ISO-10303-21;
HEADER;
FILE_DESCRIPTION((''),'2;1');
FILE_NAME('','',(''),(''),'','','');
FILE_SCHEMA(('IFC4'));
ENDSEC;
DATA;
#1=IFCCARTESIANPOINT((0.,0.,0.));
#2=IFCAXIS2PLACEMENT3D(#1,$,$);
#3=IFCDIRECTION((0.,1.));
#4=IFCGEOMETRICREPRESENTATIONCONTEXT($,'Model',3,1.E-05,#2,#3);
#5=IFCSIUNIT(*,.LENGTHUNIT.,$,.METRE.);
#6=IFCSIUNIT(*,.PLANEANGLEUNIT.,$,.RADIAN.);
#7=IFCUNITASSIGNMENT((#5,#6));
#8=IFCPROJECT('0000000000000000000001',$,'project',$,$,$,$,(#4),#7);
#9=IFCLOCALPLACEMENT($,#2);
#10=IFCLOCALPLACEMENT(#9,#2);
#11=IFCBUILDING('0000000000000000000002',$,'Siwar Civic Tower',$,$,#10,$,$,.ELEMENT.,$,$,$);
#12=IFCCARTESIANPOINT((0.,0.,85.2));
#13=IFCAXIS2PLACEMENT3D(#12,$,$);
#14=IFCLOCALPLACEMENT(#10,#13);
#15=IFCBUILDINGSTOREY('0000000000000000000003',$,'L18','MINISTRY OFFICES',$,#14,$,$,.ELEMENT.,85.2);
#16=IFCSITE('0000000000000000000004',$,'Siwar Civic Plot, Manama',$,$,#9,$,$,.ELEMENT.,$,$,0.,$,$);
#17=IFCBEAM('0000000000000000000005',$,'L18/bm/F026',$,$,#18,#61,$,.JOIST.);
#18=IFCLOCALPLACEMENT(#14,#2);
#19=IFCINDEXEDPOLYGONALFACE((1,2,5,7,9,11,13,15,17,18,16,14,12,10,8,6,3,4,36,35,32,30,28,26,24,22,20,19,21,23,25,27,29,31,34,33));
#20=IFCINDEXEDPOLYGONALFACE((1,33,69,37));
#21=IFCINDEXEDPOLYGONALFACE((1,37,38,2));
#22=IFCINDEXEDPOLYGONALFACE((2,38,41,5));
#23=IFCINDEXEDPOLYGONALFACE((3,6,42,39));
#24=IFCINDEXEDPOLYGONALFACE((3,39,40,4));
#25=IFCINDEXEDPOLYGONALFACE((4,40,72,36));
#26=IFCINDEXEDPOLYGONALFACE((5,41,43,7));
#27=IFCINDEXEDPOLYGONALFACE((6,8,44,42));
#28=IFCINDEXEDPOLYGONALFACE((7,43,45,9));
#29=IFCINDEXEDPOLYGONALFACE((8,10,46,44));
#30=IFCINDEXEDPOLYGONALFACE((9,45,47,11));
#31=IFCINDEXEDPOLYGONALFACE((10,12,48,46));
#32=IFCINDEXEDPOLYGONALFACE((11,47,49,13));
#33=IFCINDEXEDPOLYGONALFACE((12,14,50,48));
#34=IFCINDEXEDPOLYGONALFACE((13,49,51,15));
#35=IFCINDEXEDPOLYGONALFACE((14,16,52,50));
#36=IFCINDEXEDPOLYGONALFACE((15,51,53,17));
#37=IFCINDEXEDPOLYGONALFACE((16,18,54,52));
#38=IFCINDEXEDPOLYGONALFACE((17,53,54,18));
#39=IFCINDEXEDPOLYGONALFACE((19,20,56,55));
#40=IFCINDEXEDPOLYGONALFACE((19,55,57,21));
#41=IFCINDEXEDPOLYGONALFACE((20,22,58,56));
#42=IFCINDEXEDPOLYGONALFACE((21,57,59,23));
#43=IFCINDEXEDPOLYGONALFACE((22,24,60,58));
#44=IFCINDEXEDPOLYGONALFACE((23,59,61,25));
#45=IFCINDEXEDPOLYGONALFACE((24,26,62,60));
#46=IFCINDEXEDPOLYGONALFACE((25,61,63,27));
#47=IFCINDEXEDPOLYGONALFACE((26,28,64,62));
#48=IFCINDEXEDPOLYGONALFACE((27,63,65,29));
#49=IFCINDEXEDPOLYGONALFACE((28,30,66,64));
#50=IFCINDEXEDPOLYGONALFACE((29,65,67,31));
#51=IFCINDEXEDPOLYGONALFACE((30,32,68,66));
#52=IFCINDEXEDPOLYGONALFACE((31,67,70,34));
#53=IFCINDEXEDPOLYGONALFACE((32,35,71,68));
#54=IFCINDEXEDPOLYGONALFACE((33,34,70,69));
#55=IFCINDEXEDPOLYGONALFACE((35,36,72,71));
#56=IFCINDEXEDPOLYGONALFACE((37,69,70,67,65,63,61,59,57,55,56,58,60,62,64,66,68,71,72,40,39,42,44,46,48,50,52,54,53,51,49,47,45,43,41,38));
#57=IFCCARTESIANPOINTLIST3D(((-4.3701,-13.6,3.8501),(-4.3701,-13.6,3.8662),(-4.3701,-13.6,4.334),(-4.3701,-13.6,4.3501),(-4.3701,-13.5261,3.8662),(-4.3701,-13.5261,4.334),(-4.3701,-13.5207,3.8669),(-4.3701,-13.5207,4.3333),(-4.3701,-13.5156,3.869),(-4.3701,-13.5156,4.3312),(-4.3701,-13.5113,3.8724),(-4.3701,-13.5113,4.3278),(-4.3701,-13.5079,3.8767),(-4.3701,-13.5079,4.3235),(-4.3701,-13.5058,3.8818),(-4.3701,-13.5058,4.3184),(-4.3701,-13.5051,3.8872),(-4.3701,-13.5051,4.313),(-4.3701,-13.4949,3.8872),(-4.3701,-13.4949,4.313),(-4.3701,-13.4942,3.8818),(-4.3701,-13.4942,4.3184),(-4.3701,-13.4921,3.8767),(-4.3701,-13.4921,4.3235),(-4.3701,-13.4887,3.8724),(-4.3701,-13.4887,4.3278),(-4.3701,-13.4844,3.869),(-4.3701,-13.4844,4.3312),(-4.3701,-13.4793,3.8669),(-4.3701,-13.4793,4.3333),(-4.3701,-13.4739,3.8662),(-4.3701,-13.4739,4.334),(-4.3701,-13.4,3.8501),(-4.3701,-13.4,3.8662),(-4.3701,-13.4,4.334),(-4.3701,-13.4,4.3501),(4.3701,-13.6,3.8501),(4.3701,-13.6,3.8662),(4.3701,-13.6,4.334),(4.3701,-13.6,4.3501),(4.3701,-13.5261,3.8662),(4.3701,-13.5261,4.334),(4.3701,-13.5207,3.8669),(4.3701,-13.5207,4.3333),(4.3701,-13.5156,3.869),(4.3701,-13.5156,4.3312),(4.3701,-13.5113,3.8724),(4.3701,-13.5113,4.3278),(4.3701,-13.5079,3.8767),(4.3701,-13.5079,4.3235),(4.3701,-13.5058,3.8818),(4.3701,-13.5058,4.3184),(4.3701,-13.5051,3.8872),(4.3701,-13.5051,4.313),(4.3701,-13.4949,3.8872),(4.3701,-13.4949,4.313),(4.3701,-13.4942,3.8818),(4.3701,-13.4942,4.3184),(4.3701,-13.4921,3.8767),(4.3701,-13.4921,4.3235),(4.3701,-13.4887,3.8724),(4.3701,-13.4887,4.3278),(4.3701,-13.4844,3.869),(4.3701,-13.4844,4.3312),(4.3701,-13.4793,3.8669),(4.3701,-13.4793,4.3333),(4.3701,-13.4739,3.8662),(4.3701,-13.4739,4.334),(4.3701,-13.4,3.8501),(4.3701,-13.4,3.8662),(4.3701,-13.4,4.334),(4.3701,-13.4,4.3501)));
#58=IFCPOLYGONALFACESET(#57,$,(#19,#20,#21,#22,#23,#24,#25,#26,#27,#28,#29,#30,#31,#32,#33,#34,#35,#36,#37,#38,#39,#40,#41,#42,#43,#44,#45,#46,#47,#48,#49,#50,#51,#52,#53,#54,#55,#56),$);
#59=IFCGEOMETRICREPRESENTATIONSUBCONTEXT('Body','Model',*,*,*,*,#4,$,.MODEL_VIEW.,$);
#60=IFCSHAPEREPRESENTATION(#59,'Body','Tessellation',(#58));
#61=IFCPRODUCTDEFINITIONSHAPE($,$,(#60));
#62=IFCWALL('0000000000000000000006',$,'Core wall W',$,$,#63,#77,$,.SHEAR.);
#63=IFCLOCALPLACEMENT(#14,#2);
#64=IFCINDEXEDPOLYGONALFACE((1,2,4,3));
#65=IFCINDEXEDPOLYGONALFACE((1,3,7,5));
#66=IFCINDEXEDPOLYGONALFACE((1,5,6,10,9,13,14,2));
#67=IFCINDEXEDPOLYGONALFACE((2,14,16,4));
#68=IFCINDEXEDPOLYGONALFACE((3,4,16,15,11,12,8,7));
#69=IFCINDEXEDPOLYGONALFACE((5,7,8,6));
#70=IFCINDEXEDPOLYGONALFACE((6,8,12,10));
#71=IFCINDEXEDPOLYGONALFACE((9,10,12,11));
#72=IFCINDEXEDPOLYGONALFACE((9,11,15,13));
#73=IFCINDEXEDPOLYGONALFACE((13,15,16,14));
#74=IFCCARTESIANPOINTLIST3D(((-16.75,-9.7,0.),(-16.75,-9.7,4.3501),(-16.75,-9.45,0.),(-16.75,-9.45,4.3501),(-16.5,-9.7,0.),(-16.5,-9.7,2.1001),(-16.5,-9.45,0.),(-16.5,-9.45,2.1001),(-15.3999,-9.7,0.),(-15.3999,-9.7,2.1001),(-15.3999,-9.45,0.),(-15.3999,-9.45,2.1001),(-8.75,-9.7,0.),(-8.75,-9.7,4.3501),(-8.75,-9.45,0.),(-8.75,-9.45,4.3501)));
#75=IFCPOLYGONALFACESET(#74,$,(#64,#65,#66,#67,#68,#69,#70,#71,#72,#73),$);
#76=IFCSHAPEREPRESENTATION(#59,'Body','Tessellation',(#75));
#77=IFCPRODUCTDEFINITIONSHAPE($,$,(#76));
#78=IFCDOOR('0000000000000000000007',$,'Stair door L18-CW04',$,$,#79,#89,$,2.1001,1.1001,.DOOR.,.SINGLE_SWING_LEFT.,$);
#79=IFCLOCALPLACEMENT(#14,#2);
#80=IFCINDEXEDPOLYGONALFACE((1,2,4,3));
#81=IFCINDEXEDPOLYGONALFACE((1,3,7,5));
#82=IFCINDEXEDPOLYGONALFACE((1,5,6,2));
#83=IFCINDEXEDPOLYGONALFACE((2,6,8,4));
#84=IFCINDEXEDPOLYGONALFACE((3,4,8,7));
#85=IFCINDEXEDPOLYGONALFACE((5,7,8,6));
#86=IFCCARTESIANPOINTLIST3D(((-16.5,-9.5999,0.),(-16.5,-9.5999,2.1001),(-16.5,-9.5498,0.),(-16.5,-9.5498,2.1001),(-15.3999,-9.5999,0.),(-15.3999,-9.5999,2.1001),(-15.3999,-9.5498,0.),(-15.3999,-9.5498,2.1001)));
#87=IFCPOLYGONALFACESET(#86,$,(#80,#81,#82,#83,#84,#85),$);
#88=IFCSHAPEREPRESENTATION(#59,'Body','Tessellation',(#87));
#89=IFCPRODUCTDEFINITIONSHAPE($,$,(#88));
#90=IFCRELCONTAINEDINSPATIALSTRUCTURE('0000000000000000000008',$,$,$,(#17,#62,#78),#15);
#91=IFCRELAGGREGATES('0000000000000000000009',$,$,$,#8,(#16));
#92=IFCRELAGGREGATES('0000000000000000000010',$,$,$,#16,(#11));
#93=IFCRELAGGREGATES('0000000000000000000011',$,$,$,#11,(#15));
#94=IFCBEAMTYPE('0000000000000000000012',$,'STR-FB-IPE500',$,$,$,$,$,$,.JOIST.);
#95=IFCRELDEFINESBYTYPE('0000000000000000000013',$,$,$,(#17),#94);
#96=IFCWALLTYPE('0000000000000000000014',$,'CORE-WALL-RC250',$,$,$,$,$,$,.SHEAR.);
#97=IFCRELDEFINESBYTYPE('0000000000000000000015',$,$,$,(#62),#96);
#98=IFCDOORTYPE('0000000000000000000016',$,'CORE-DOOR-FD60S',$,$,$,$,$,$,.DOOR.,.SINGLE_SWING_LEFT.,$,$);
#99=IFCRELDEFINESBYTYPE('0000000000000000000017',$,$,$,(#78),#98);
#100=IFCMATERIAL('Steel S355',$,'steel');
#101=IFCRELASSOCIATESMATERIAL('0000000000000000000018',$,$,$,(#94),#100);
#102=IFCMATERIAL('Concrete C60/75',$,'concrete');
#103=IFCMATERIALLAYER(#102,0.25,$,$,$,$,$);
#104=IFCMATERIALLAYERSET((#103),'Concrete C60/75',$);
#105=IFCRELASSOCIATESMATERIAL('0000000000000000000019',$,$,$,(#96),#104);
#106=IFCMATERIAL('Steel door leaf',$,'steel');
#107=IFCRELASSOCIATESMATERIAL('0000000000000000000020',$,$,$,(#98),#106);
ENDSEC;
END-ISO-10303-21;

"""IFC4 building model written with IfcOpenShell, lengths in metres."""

from ifc_helpers import new_model, si_unit, direction, frame, frame_2d, origin, origin_2d, place, context, subcontext, project, spatial, rectangle, i_section, extrude, material, layer, layer_set, material_profile, profile_set, type_object, element, fill, save


model = new_model("IFC4")

# Units and contexts
model_context = context("Model", 3, precision=1e-05, world=origin(), true_north=direction((0.0, 1.0)))
body_context = subcontext(model_context, "Body", "Model", "MODEL_VIEW")
ifc_project = project(units=[si_unit("LENGTHUNIT", "METRE"), si_unit("PLANEANGLEUNIT", "RADIAN")], contexts=[model_context])

# Site, building, storey
site_placement = place(None, origin())
site = spatial("IfcSite", under=ifc_project, at=site_placement, Name="Siwar Civic Plot, Manama", CompositionType="ELEMENT", RefElevation=0.0)
building_placement = place(site_placement, origin())
building = spatial("IfcBuilding", under=site, at=building_placement, Name="Siwar Civic Tower", CompositionType="ELEMENT")
storey_placement = place(building_placement, frame((0.0, 0.0, 85.2)))
storey = spatial("IfcBuildingStorey", under=building, at=storey_placement, Name="L18", Description="MINISTRY OFFICES", CompositionType="ELEMENT", Elevation=85.2)

# Beam
ifc_material_1 = material(Name="Steel S355", Category="steel")
ifc_material_profile = material_profile(ifc_material_1, i_section(OverallWidth=0.2, OverallDepth=0.5, WebThickness=0.0103, FlangeThickness=0.0161, FilletRadius=0.021, at=origin_2d()), Name="IPE500")
ifc_profile_set = profile_set([ifc_material_profile], Name="Steel S355")
beam_type = type_object("IfcBeamType", Name="STR-FB-IPE500", PredefinedType="JOIST", material=ifc_profile_set)
beam_1_placement = place(storey_placement, frame((-4.3701, -13.5, 4.1001), z_axis=(1.0, 0.0, 0.0), x_axis=(0.0, 1.0, 0.0)))
element("IfcBeam", 1, at=beam_1_placement, inside=storey, type_object=beam_type, Name="L18/bm/F026", PredefinedType="JOIST", context=body_context, shape_type="SweptSolid", body=[
    extrude(i_section(OverallWidth=0.2, OverallDepth=0.5, WebThickness=0.0103, FlangeThickness=0.0161, FilletRadius=0.021, at=origin_2d()), origin(), (0.0, 0.0, 1.0), 8.7402),
])

# Wall, opening, door
ifc_material_2 = material(Name="Concrete C60/75", Category="concrete")
ifc_layer_1 = layer(ifc_material_2, 0.25)
ifc_layer_set_1 = layer_set([ifc_layer_1], Name="Concrete C60/75")
wall_type_1 = type_object("IfcWallType", Name="CORE-WALL-RC250", PredefinedType="SHEAR", material=ifc_layer_set_1)
wall_1_placement = place(storey_placement, frame((-8.75, -9.575, 0.0), z_axis=(0.0, 0.0, 1.0), x_axis=(-1.0, 0.0, 0.0)))
wall_1 = element("IfcWall", 2, at=wall_1_placement, inside=storey, type_object=wall_type_1, Name="Core wall W", PredefinedType="SHEAR", context=body_context, shape_type="SweptSolid", body=[
    extrude(rectangle(XDim=8.0, YDim=0.25, at=frame_2d((4.0, 0.0))), origin(), (0.0, 0.0, 1.0), 4.3501),
])
opening_1_placement = place(wall_1_placement, frame((6.6499, 0.0, 0.0)))
opening_1 = element("IfcOpeningElement", 3, at=opening_1_placement, cuts=wall_1, PredefinedType="OPENING", context=body_context, shape_type="SweptSolid", body=[
    extrude(rectangle(XDim=1.1001, YDim=2.1001, at=frame_2d((0.55, 1.05))), frame((0.0, 0.135, 0.0), z_axis=(0.0, -1.0, 0.0), x_axis=(1.0, 0.0, 0.0)), (0.0, 0.0, 1.0), 0.27),
])
ifc_material_3 = material(Name="Steel door leaf", Category="steel")
door_type_1 = type_object("IfcDoorType", Name="CORE-DOOR-FD60S", OperationType="SINGLE_SWING_LEFT", PredefinedType="DOOR", material=ifc_material_3)
door_1_placement = place(opening_1_placement, origin())
door_1 = element("IfcDoor", 4, at=door_1_placement, inside=storey, type_object=door_type_1, Name="Stair door L18-CW04", OperationType="SINGLE_SWING_LEFT", OverallHeight=2.1001, OverallWidth=1.1001, PredefinedType="DOOR", context=body_context, shape_type="SweptSolid", body=[
    extrude(rectangle(XDim=1.1001, YDim=2.1001, at=frame_2d((0.55, 1.05))), frame((0.0, 0.0249, 0.0), z_axis=(0.0, -1.0, 0.0), x_axis=(1.0, 0.0, 0.0)), (0.0, 0.0, 1.0), 0.05),
])
fill(opening_1, door_1)

save(model, "model.ifc")
